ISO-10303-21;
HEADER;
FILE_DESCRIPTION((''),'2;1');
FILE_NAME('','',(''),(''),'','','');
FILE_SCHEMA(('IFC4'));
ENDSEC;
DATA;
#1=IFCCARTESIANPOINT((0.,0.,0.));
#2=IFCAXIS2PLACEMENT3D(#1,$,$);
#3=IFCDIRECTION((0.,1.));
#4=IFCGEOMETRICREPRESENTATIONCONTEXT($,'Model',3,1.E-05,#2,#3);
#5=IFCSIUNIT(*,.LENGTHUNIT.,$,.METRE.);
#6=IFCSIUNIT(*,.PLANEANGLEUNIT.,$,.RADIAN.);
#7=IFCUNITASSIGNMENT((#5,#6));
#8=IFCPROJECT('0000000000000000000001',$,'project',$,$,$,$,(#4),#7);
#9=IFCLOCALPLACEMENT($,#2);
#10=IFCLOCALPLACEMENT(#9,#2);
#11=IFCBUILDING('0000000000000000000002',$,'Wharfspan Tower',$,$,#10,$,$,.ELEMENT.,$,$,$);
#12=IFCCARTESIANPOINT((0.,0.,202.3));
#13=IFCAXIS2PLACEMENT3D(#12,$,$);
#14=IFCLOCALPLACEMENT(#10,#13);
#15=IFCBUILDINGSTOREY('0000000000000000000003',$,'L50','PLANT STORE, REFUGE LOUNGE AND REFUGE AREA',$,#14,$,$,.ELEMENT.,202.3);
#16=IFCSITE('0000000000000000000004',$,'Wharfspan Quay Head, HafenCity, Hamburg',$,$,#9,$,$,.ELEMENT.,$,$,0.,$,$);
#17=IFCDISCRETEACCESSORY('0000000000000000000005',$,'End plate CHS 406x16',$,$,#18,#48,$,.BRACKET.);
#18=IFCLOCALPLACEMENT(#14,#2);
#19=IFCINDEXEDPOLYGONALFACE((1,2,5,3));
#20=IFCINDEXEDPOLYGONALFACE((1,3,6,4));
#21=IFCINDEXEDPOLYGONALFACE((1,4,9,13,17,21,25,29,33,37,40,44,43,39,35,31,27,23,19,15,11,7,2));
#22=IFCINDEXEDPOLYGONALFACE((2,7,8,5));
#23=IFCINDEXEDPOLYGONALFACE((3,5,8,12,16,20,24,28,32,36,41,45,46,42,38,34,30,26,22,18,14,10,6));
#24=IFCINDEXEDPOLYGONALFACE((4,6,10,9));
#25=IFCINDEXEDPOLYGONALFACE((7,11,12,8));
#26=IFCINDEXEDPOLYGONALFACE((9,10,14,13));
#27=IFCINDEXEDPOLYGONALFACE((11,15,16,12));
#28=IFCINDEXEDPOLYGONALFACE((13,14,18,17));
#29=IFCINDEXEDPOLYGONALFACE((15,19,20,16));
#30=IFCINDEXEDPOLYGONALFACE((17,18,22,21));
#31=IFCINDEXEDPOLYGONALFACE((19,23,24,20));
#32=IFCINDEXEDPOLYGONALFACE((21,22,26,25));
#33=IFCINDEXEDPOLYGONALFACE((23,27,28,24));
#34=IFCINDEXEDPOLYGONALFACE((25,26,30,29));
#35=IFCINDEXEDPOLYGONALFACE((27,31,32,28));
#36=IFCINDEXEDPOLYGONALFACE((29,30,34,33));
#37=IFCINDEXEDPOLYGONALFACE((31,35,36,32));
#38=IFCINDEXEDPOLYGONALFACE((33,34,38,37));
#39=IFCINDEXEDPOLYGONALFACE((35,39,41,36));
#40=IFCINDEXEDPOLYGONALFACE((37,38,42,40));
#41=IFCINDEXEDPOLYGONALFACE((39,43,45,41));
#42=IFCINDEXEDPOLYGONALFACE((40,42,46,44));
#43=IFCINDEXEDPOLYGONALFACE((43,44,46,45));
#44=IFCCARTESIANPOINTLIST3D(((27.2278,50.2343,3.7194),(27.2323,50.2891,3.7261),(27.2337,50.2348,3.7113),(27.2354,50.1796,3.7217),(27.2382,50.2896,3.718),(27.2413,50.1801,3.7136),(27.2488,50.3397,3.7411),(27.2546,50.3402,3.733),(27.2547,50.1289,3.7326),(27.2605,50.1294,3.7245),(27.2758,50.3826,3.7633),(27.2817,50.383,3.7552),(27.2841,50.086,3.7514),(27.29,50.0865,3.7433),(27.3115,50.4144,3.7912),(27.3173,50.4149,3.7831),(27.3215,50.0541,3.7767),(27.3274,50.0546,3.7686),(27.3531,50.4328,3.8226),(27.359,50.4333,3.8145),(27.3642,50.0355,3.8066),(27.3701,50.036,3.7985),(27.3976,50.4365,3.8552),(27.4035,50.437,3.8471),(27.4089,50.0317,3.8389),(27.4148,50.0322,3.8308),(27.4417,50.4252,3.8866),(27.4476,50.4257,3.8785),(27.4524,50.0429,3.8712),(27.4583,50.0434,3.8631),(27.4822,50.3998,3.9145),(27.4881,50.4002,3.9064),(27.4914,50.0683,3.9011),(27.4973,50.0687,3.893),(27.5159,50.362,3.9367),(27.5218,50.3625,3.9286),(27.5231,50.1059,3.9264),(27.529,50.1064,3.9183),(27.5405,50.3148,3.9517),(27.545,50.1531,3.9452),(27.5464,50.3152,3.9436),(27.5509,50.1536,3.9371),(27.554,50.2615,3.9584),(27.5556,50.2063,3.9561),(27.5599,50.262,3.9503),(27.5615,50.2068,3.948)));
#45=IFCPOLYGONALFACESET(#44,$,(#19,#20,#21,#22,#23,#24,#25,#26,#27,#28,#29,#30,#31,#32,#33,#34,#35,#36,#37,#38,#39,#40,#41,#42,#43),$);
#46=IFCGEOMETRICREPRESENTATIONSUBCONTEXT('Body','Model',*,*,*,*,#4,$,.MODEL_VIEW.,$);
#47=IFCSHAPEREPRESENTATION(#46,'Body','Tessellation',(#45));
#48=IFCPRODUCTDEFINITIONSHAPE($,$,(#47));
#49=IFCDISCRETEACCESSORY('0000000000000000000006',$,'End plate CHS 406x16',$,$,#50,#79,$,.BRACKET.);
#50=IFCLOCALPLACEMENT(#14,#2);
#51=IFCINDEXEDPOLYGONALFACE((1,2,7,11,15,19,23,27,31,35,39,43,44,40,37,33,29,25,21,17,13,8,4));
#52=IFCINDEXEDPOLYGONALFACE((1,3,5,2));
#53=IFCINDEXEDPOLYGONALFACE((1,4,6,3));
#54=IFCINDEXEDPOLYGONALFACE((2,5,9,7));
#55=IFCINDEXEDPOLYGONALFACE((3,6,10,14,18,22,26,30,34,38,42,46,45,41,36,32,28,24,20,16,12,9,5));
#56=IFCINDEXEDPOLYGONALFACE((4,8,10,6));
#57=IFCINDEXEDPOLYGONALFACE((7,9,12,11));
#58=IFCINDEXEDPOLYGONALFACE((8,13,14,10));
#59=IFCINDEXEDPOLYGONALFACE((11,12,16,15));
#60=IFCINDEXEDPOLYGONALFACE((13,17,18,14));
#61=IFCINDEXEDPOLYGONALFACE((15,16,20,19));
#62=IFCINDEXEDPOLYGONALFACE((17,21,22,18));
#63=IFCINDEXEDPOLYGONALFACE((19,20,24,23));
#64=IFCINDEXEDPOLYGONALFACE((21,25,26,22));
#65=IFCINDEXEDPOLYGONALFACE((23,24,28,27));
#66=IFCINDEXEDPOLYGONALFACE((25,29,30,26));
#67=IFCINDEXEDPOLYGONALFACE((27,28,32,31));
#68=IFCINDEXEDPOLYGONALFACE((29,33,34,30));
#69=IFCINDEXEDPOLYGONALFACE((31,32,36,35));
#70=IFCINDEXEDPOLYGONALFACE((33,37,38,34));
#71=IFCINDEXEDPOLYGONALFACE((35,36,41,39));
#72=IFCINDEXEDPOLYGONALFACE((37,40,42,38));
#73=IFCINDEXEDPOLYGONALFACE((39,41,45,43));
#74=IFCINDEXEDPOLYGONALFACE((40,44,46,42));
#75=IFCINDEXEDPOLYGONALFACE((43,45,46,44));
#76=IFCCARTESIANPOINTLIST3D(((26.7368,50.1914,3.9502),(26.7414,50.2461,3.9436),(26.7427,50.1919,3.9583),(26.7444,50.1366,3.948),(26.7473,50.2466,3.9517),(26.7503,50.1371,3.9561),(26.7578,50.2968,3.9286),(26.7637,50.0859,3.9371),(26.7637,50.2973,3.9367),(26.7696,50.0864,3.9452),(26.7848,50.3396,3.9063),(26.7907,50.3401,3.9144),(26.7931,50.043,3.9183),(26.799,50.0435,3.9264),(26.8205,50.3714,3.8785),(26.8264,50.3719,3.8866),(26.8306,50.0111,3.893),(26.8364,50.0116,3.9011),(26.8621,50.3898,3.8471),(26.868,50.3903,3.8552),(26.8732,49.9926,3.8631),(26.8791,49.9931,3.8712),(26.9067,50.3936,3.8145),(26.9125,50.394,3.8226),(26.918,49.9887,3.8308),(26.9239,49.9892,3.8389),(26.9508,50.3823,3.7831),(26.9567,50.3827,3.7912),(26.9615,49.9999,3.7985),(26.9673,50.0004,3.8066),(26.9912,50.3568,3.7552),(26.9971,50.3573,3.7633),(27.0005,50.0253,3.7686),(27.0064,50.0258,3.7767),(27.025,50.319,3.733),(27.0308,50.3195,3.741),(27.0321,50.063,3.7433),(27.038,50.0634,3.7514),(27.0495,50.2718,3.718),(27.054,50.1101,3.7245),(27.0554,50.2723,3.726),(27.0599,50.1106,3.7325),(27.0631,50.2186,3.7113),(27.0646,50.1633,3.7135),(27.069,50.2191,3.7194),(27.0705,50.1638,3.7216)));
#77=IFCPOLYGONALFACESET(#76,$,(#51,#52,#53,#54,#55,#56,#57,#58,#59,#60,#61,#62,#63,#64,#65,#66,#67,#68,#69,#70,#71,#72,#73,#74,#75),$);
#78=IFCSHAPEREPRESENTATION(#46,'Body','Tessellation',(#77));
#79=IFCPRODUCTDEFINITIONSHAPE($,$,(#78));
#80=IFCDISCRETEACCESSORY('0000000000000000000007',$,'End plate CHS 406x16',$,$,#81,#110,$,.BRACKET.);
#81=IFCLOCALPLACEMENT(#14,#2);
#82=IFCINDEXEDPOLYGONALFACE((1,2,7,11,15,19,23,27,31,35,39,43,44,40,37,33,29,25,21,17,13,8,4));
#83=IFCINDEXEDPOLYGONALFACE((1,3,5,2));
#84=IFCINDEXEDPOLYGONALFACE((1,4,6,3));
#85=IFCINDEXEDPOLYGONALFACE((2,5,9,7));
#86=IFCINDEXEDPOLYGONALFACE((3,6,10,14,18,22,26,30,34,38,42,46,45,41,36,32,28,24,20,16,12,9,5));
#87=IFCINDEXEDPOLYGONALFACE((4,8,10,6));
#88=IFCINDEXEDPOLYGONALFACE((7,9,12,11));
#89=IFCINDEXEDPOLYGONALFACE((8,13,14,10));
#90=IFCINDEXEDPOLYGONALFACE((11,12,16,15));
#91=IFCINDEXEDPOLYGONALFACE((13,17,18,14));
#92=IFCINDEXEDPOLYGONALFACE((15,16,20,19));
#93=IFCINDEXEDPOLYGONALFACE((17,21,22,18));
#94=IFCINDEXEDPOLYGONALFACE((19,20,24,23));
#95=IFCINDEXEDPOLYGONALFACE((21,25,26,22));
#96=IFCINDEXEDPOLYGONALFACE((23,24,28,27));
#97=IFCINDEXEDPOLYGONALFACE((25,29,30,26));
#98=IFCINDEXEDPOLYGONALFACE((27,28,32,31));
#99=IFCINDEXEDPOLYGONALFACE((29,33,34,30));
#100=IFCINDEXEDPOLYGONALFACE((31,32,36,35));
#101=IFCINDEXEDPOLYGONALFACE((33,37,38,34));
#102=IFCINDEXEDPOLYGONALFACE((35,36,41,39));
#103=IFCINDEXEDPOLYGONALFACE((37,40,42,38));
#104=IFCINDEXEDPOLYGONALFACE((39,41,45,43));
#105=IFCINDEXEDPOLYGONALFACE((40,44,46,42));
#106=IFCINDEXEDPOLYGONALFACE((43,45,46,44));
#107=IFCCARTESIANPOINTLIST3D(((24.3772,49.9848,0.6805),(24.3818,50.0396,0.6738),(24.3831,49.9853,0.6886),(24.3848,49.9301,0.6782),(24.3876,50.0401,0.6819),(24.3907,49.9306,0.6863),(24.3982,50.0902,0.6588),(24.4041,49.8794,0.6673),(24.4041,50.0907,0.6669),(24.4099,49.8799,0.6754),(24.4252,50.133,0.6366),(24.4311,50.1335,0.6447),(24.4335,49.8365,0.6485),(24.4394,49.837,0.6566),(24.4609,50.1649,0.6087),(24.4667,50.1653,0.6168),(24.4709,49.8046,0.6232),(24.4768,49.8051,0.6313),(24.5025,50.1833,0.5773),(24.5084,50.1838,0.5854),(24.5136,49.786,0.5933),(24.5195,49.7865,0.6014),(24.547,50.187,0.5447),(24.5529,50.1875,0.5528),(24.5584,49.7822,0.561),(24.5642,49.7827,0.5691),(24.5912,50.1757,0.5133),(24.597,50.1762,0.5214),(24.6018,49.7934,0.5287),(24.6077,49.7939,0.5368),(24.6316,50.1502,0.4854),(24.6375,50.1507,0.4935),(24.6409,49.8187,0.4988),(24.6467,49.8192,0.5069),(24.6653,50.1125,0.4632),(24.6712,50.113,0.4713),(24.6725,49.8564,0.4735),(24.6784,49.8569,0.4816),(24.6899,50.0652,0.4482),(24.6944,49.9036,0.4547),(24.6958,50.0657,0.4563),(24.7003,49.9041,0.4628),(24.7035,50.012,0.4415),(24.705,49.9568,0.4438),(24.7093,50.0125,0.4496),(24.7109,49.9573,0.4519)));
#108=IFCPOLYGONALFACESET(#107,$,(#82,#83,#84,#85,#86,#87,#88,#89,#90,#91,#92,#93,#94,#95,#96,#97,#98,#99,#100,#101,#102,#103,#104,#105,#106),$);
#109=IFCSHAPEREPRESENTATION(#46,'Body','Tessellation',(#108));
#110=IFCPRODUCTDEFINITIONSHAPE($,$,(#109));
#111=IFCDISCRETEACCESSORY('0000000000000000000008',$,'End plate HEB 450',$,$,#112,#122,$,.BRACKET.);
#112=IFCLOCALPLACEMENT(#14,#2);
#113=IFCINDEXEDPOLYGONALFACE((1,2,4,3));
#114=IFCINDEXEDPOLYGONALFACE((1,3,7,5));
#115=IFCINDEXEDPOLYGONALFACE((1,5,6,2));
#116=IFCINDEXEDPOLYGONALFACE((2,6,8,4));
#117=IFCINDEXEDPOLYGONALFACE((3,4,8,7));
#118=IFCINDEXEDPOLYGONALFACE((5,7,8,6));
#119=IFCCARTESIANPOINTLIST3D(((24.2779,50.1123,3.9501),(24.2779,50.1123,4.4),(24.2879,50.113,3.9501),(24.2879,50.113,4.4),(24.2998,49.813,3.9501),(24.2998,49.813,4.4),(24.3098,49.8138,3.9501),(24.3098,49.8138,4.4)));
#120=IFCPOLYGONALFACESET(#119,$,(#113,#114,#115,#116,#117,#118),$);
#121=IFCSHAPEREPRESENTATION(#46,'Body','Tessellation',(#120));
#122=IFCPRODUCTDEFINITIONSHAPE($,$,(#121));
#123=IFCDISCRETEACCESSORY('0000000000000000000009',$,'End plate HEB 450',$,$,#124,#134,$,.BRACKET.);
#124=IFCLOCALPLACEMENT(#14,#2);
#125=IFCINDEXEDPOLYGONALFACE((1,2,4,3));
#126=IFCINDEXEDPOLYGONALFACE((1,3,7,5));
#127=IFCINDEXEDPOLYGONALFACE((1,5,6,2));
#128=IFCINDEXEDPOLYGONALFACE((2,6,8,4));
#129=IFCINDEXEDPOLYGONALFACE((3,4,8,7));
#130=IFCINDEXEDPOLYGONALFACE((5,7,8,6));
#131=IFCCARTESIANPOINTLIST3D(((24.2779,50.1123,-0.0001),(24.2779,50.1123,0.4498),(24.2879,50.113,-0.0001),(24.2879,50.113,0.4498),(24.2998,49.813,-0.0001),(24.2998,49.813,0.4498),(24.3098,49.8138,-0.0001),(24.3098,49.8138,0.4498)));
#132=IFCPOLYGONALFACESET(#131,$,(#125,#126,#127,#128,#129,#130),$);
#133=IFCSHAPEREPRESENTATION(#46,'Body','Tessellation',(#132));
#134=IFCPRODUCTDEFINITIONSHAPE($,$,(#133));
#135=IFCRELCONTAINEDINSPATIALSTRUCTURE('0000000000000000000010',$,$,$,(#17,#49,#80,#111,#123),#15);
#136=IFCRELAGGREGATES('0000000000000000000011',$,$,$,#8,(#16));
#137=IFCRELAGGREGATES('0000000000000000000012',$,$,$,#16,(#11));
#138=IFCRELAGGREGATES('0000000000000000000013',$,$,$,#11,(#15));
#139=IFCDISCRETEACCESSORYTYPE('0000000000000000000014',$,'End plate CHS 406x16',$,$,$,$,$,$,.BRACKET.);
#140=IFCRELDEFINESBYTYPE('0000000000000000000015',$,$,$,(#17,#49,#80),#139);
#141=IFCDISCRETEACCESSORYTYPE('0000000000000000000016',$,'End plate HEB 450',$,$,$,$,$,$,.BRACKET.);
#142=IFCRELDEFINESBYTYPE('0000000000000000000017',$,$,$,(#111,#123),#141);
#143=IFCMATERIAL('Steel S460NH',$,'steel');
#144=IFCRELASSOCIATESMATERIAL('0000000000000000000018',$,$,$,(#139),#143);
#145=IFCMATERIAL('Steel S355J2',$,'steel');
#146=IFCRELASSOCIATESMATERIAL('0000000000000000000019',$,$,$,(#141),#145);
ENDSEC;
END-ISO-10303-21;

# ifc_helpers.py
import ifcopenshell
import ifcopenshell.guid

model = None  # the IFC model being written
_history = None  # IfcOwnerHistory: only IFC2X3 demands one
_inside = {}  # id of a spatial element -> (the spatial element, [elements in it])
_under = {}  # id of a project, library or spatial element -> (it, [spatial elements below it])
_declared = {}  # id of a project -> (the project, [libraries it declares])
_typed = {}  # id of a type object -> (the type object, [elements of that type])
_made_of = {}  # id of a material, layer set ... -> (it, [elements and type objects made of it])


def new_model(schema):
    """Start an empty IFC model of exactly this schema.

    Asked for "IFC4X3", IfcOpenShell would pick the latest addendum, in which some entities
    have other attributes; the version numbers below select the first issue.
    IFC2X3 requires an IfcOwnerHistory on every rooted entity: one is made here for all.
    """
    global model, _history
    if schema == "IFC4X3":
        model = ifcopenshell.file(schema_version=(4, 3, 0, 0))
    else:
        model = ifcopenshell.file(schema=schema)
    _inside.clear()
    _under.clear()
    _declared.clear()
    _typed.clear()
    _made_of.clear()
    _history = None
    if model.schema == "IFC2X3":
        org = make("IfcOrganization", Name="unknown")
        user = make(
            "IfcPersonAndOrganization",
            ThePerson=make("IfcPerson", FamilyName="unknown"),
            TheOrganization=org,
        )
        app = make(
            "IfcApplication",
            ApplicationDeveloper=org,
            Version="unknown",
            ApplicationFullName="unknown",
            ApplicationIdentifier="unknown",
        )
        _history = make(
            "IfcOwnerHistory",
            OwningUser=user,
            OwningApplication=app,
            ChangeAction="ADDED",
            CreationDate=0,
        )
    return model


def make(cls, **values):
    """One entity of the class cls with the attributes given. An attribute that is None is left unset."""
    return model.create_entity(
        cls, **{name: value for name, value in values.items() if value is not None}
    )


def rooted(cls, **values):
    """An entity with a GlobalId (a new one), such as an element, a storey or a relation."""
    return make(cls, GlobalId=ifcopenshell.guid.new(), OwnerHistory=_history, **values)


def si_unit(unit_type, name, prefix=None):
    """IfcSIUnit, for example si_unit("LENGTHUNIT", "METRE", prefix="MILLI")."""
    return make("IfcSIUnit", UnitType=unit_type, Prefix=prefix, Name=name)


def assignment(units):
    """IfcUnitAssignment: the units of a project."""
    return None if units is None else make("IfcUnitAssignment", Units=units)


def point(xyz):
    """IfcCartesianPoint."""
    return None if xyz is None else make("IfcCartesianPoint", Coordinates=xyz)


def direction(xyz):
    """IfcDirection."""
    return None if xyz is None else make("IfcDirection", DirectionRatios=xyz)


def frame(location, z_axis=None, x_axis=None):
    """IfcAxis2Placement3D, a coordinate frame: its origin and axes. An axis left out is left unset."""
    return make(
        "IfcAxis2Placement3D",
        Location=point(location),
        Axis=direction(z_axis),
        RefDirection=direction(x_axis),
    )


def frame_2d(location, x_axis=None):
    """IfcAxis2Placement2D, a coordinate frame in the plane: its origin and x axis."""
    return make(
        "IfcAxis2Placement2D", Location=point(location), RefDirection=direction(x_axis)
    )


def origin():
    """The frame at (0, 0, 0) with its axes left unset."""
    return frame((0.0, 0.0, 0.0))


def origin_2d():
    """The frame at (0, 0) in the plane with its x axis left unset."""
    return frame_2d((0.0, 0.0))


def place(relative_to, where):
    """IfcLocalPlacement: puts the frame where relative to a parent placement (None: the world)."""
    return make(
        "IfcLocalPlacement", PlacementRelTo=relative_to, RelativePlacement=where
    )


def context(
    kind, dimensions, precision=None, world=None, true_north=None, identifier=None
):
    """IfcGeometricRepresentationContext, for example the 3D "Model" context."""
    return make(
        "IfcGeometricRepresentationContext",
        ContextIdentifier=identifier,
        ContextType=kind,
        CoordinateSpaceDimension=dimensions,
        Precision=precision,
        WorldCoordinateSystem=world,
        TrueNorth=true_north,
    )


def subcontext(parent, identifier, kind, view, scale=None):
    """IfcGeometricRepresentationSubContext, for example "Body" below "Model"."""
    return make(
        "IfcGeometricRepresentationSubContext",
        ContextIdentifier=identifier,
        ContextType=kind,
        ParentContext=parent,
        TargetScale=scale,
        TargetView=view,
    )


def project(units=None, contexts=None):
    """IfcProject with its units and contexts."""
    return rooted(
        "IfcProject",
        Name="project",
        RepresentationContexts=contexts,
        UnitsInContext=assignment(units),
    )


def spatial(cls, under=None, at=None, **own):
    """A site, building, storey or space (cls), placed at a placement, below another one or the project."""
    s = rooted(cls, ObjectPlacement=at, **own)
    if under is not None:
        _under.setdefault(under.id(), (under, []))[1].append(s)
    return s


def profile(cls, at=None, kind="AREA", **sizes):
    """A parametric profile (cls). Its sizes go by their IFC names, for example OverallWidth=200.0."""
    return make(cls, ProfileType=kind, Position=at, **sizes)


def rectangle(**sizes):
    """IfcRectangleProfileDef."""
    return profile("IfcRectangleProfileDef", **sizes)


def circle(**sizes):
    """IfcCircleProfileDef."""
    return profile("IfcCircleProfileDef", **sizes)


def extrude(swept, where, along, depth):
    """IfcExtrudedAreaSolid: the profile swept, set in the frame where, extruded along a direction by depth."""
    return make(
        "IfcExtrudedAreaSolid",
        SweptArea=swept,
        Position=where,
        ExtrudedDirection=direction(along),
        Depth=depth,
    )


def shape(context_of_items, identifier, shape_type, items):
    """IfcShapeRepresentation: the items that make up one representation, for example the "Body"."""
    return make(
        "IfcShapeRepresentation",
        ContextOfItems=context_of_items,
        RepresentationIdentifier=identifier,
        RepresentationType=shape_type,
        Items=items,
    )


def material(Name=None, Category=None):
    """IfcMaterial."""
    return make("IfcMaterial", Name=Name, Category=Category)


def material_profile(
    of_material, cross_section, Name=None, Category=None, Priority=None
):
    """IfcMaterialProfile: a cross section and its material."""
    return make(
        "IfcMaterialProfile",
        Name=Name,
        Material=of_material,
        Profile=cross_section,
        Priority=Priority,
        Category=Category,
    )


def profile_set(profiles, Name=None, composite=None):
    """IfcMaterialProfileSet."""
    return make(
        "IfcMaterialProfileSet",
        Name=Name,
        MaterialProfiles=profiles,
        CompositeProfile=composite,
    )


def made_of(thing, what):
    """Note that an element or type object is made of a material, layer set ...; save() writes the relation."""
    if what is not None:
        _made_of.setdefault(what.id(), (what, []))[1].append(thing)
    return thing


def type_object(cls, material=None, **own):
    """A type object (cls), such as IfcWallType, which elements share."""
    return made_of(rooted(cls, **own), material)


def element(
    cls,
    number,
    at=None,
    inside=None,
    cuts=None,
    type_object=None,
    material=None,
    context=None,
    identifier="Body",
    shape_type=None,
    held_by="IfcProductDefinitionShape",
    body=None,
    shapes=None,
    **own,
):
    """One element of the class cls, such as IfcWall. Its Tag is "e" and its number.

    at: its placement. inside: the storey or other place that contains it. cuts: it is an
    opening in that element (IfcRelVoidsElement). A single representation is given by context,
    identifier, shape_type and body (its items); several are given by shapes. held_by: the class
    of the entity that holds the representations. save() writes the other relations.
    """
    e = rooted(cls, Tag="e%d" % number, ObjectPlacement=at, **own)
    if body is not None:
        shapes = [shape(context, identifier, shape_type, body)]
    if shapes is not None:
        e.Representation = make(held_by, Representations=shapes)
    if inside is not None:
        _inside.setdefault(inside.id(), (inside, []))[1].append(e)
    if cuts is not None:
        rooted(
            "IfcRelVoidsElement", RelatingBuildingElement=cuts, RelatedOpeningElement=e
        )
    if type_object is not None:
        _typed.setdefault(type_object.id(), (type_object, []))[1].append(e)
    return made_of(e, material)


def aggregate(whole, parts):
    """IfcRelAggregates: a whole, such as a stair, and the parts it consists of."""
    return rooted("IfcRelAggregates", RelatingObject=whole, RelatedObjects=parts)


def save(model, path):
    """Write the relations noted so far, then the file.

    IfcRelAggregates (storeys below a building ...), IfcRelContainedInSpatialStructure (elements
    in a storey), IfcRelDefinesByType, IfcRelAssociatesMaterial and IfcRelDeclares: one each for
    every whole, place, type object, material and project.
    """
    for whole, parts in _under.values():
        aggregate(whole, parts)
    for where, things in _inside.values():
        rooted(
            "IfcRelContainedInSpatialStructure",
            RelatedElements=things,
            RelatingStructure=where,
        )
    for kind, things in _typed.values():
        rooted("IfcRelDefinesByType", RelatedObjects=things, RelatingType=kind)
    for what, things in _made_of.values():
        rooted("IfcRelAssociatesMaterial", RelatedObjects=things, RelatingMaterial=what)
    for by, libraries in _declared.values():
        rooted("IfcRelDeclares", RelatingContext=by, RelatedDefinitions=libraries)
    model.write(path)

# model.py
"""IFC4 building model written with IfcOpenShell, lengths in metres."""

from ifc_helpers import new_model, si_unit, direction, frame, origin, origin_2d, place, context, subcontext, project, spatial, rectangle, circle, extrude, material, material_profile, profile_set, type_object, element, save


model = new_model("IFC4")

# Units and contexts
model_context = context("Model", 3, precision=1e-05, world=origin(), true_north=direction((0.0, 1.0)))
body_context = subcontext(model_context, "Body", "Model", "MODEL_VIEW")
ifc_project = project(units=[si_unit("LENGTHUNIT", "METRE"), si_unit("PLANEANGLEUNIT", "RADIAN")], contexts=[model_context])

# Site, building, storey
site_placement = place(None, origin())
site = spatial("IfcSite", under=ifc_project, at=site_placement, Name="Wharfspan Quay Head, HafenCity, Hamburg", CompositionType="ELEMENT", RefElevation=0.0)
building_placement = place(site_placement, origin())
building = spatial("IfcBuilding", under=site, at=building_placement, Name="Wharfspan Tower", CompositionType="ELEMENT")
storey_placement = place(building_placement, frame((0.0, 0.0, 202.3)))
storey = spatial("IfcBuildingStorey", under=building, at=storey_placement, Name="L50", Description="PLANT STORE, REFUGE LOUNGE AND REFUGE AREA", CompositionType="ELEMENT", Elevation=202.3)

# Shared definitions
ifc_material_1 = material(Name="Steel S355J2", Category="steel")

# Shared definitions
ifc_material_2 = material(Name="Steel S460NH", Category="steel")

# Discrete accessories
ifc_material_profile_1 = material_profile(ifc_material_2, circle(Radius=0.2031, at=origin_2d()))
ifc_profile_set_1 = profile_set([ifc_material_profile_1], Name="Steel S460NH")
discrete_accessory_type_1 = type_object("IfcDiscreteAccessoryType", Name="End plate CHS 406x16", PredefinedType="BRACKET", material=ifc_profile_set_1)
for number, where, z_axis, x_axis, name in (
    (1, (27.3979, 50.2346, 3.8308), (-0.587466, -0.048956, 0.807766), (0.083046, -0.996542, 0.0), "End plate CHS 406x16"),
    (2, (26.907, 50.1917, 3.8389), (-0.587466, -0.048956, -0.807766), (0.083046, -0.996542, 0.0), "End plate CHS 406x16"),
    (3, (24.5474, 49.9851, 0.5691), (-0.587466, -0.048956, -0.807766), (0.083046, -0.996542, 0.0), "End plate CHS 406x16"),
):
    element("IfcDiscreteAccessory", number, at=place(storey_placement, frame(where, z_axis=z_axis, x_axis=x_axis)), inside=storey, type_object=discrete_accessory_type_1, Name=name, PredefinedType="BRACKET", context=body_context, shape_type="SweptSolid", body=[
        extrude(circle(Radius=0.2031, at=origin_2d()), origin(), (0.0, 0.0, 1.0), 0.01),
    ])
ifc_material_profile_2 = material_profile(ifc_material_1, rectangle(XDim=0.3, YDim=0.45, at=origin_2d()))
ifc_profile_set_2 = profile_set([ifc_material_profile_2], Name="Steel S355J2")
discrete_accessory_type_2 = type_object("IfcDiscreteAccessoryType", Name="End plate HEB 450", PredefinedType="BRACKET", material=ifc_profile_set_2)
for number, where, z_axis, x_axis, name in (
    (4, (24.2988, 49.9634, 4.175), (-0.997334, -0.072976, 0.0), (0.072976, -0.997334, 0.0), "End plate HEB 450"),
    (5, (24.2988, 49.9634, 0.2249), (-0.997334, -0.072976, 0.0), (0.072976, -0.997334, 0.0), "End plate HEB 450"),
):
    element("IfcDiscreteAccessory", number, at=place(storey_placement, frame(where, z_axis=z_axis, x_axis=x_axis)), inside=storey, type_object=discrete_accessory_type_2, Name=name, PredefinedType="BRACKET", context=body_context, shape_type="SweptSolid", body=[
        extrude(rectangle(XDim=0.3, YDim=0.45, at=origin_2d()), origin(), (0.0, 0.0, 1.0), 0.01),
    ])

save(model, "model.ifc")
